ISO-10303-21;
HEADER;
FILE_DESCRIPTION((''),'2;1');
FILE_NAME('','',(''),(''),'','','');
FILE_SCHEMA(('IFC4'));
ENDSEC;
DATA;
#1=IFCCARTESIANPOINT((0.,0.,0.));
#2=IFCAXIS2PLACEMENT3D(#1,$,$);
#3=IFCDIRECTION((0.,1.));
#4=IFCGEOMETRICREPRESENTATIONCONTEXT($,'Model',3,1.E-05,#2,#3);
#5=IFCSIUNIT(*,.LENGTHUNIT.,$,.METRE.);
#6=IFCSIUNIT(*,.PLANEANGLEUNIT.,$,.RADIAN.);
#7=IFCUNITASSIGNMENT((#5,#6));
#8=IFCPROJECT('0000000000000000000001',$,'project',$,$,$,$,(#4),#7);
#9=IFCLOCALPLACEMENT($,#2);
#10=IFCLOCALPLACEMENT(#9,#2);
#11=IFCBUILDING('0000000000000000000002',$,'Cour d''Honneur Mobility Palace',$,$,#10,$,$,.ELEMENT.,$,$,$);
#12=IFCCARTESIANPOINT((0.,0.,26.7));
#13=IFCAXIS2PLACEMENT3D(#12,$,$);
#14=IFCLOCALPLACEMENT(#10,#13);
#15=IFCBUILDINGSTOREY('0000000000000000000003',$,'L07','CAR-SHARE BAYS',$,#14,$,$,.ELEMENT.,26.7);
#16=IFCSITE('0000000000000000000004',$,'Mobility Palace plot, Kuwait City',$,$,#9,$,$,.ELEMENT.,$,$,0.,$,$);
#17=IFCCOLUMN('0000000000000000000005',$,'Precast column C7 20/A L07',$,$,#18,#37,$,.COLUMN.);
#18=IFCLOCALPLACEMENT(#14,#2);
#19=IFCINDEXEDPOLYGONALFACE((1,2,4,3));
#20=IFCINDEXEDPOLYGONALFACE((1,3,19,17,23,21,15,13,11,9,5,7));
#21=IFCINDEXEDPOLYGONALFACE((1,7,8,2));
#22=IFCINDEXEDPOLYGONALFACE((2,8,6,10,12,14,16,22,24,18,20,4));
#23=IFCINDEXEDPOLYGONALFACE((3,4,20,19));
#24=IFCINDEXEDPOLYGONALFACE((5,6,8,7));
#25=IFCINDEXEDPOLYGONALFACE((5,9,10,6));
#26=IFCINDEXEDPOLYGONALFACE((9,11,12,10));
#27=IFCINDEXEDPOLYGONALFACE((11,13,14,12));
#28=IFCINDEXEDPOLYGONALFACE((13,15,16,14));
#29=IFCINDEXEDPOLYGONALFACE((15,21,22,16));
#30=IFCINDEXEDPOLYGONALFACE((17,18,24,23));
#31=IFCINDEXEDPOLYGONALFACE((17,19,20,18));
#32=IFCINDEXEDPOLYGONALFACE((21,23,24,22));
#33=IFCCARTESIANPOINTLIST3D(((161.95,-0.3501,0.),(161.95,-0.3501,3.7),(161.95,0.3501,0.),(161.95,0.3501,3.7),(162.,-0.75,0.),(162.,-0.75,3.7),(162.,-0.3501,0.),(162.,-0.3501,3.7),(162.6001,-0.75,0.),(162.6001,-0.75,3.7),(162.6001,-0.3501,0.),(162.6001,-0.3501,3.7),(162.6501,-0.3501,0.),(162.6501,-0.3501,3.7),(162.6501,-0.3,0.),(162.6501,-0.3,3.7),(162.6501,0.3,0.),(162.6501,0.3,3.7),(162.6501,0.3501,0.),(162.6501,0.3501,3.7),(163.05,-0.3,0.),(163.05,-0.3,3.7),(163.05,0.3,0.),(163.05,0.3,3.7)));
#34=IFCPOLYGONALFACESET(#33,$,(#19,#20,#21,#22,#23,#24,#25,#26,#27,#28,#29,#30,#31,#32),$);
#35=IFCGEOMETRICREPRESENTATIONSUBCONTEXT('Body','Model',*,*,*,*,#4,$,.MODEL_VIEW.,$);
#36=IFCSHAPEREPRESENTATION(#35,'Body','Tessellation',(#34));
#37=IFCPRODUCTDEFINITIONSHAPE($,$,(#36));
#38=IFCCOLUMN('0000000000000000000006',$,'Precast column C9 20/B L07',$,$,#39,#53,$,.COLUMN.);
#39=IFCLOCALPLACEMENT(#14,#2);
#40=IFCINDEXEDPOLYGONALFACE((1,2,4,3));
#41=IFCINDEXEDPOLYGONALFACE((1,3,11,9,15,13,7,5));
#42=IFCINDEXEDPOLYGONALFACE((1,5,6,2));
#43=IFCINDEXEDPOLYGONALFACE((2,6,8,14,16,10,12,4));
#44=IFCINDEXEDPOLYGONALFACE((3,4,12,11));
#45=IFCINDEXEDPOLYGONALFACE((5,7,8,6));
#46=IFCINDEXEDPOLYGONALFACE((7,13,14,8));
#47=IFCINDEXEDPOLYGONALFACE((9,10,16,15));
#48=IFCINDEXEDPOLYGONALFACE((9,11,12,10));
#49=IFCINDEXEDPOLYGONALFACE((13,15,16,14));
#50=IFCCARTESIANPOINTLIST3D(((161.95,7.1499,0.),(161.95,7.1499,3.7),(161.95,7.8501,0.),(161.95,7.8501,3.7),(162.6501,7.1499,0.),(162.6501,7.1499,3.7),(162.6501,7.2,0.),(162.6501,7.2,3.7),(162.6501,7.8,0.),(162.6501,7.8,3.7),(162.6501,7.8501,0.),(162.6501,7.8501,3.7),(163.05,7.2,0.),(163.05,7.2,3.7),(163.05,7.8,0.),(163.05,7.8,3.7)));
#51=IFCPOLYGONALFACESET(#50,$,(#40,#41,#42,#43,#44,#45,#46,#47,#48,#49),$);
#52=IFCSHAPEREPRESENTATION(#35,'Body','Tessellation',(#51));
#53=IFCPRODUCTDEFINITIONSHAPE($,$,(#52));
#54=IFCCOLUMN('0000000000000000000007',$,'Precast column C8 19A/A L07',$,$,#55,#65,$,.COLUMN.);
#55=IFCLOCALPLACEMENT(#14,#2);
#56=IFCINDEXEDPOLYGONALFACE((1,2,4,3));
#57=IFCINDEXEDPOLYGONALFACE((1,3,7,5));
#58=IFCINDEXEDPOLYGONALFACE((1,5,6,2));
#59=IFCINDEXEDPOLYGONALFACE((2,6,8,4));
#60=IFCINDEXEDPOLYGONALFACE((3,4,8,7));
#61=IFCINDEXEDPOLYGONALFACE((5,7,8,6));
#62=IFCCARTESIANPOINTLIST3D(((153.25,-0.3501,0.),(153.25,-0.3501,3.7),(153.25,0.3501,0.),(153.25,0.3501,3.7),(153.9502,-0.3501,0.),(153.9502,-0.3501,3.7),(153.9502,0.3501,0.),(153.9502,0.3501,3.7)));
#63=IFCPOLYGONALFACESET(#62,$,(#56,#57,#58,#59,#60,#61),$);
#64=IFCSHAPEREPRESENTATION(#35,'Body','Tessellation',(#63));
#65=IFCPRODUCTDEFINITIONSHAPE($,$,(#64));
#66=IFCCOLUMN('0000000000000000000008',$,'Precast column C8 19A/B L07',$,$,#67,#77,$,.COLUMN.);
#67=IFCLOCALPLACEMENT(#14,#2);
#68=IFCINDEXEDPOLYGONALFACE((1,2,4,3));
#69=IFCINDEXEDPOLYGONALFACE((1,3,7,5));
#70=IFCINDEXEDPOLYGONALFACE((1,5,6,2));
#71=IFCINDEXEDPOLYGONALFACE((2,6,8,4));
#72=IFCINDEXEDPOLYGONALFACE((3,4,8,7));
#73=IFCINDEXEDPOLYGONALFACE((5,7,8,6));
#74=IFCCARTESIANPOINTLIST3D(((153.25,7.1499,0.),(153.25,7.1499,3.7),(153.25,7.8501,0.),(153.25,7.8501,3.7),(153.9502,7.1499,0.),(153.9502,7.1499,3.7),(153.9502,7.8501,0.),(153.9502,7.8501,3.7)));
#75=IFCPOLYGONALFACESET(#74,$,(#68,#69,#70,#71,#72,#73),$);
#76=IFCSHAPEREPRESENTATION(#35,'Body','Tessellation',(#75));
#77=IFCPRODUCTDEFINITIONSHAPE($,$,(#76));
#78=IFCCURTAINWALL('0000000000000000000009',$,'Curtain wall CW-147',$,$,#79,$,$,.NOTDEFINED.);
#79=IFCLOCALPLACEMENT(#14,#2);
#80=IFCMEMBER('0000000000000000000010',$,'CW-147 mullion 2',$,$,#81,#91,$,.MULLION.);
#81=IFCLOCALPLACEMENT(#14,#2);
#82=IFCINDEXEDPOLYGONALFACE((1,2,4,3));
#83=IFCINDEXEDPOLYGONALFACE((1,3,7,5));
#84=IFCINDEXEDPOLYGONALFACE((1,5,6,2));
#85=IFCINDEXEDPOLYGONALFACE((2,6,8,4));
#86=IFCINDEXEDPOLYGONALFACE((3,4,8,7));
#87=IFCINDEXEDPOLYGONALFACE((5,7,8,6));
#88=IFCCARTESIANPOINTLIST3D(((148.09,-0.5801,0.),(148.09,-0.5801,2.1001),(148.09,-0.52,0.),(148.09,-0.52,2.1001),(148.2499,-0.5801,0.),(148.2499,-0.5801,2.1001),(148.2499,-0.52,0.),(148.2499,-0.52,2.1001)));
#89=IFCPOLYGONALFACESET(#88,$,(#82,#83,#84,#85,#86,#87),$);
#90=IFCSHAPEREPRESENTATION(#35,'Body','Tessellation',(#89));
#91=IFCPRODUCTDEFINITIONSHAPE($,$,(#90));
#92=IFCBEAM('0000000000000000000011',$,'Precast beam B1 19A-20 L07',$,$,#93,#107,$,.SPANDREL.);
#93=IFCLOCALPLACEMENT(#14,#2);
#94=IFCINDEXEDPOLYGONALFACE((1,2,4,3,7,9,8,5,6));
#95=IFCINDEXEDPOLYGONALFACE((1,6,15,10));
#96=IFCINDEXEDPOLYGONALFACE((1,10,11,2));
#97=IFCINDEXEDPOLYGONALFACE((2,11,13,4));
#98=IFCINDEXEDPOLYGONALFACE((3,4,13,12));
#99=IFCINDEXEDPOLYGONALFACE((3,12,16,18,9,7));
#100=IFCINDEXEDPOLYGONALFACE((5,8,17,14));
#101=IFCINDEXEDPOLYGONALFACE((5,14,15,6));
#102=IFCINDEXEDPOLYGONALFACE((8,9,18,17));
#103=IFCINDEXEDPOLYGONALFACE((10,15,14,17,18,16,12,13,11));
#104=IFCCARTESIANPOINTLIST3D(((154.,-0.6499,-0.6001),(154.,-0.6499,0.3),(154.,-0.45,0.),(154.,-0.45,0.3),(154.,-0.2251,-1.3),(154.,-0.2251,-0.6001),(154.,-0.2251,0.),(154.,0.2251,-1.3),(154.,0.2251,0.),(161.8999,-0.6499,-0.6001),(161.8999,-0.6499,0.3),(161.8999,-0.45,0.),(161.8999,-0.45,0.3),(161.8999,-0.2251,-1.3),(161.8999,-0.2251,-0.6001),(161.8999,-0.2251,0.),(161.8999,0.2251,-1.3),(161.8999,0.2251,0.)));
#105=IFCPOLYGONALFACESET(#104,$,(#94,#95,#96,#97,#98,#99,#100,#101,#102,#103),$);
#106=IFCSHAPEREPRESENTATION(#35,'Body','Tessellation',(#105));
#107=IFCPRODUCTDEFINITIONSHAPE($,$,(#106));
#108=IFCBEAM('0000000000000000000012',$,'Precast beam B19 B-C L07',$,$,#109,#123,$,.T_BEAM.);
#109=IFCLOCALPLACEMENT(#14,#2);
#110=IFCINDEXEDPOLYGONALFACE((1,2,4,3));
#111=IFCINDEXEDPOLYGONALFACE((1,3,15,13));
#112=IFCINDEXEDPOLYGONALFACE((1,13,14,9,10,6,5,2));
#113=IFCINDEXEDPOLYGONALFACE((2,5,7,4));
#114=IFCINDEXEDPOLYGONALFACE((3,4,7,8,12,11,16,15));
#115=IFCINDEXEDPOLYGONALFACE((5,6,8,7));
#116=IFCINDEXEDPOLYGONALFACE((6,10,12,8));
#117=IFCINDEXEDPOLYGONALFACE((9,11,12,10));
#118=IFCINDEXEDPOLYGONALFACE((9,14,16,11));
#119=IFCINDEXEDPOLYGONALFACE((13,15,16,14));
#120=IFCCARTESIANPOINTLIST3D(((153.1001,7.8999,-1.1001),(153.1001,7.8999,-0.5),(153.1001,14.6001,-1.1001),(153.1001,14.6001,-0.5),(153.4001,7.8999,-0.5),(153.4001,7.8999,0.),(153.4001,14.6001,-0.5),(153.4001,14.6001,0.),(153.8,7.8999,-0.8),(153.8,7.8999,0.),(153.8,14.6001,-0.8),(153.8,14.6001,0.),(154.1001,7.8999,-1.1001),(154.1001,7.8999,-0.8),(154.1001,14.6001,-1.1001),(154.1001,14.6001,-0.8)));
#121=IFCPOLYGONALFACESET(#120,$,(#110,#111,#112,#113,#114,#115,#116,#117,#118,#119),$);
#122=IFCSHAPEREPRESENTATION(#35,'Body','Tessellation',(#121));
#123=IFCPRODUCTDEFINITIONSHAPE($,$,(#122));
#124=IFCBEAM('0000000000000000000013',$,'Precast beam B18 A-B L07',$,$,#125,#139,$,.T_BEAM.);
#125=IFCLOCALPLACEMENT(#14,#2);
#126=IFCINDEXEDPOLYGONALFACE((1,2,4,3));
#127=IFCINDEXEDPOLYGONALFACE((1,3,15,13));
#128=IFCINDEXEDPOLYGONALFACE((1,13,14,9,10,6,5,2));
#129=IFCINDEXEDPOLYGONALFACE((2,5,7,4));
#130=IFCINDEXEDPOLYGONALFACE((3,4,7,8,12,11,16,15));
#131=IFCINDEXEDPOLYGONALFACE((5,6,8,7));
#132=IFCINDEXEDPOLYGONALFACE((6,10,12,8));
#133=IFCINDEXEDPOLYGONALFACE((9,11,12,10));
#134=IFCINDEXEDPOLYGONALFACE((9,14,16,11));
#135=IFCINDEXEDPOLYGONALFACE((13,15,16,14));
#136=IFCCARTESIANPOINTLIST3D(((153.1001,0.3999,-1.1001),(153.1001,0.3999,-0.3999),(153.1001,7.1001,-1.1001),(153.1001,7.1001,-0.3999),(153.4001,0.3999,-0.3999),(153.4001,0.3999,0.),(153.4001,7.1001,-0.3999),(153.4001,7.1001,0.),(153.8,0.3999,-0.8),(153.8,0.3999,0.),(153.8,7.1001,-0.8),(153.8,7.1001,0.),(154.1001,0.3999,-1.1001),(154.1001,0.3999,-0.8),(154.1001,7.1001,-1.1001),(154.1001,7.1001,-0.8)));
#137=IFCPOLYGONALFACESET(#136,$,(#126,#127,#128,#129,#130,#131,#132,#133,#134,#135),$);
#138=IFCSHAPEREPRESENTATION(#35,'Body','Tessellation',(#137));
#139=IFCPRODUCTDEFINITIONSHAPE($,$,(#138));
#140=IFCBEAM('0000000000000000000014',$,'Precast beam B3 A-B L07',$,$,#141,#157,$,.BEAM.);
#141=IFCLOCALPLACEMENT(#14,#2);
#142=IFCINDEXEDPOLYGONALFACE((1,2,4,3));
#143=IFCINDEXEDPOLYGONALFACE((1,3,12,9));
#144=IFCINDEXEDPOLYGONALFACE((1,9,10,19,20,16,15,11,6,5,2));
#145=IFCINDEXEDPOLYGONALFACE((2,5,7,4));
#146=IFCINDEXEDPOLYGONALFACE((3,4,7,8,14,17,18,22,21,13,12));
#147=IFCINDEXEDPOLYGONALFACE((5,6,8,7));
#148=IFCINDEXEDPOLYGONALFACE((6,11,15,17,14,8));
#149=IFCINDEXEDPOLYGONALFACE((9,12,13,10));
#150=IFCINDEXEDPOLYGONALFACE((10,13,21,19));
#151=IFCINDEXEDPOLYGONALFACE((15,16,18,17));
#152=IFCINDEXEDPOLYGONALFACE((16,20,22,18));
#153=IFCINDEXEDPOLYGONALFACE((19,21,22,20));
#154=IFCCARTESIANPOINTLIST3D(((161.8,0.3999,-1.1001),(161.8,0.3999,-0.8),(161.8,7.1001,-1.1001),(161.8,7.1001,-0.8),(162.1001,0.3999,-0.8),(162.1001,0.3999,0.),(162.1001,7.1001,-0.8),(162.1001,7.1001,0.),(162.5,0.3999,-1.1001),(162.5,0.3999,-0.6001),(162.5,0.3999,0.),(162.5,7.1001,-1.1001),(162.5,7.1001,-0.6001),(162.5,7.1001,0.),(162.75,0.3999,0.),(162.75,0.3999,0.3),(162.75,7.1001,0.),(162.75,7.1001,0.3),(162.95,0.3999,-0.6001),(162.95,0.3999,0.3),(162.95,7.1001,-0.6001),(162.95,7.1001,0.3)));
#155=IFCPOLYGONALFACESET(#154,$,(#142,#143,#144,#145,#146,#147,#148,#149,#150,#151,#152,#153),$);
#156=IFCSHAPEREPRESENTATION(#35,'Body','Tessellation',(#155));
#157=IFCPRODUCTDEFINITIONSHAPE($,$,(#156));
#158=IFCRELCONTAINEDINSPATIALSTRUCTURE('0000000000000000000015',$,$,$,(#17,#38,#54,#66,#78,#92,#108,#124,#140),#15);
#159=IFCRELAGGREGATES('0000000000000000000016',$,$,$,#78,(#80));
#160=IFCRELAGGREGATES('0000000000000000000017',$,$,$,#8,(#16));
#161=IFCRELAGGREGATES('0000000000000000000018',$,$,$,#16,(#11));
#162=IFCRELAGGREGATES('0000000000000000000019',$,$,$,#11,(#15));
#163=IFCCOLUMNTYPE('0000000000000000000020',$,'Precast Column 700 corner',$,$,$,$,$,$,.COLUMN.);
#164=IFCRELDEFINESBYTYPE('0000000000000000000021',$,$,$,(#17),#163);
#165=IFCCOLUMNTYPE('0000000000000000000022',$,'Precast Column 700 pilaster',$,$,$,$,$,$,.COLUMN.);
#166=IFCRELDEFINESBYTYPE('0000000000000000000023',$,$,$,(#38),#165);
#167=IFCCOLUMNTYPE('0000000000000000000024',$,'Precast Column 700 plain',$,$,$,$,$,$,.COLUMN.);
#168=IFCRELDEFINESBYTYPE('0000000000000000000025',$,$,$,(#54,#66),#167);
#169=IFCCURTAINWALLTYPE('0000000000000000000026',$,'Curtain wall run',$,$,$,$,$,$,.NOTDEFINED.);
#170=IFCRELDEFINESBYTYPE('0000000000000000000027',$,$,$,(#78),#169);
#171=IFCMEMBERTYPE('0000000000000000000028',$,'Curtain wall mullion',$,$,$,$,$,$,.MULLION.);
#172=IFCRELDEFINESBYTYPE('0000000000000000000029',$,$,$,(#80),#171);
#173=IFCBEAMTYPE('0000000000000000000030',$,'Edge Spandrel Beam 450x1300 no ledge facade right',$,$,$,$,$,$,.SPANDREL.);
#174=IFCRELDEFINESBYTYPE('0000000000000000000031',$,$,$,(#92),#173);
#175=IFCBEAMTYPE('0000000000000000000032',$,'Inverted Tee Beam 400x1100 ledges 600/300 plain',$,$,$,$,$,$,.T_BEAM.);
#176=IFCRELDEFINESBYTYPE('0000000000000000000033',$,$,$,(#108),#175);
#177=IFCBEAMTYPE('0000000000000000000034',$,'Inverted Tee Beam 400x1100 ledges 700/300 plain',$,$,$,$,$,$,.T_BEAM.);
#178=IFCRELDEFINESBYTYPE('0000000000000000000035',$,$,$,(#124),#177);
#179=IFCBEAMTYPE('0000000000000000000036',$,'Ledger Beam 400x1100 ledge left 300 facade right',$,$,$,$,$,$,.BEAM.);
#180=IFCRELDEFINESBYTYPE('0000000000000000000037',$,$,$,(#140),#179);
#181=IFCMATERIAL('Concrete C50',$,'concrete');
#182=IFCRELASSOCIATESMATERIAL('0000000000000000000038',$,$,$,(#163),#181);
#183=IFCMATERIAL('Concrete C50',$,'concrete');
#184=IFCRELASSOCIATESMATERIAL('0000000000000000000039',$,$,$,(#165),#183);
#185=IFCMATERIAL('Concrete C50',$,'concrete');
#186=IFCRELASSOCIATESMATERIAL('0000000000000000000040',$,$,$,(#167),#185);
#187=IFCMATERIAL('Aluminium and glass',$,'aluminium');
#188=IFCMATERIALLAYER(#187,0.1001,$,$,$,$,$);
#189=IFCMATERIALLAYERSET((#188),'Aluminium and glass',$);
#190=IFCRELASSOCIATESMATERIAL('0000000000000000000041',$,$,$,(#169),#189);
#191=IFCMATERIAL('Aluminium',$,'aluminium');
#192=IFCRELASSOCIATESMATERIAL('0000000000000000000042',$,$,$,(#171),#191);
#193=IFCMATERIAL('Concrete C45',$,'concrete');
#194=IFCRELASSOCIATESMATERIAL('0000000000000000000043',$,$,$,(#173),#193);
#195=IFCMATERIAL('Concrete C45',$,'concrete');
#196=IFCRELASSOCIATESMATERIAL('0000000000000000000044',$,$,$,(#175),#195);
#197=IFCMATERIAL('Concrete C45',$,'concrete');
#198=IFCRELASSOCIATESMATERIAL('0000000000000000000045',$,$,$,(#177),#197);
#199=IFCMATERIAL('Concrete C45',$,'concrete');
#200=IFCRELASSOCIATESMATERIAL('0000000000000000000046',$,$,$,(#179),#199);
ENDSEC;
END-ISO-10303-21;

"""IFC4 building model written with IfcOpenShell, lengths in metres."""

from ifc_helpers import new_model, si_unit, direction, frame, origin, origin_2d, place, context, subcontext, project, spatial, polyline, rectangle, outline, extrude, material, layer, layer_set, material_profile, profile_set, type_object, element, aggregate, save


model = new_model("IFC4")

# Units and contexts
model_context = context("Model", 3, precision=1e-05, world=origin(), true_north=direction((0.0, 1.0)))
body_context = subcontext(model_context, "Body", "Model", "MODEL_VIEW")
ifc_project = project(units=[si_unit("LENGTHUNIT", "METRE"), si_unit("PLANEANGLEUNIT", "RADIAN")], contexts=[model_context])

# Site, building, storey
site_placement = place(None, origin())
site = spatial("IfcSite", under=ifc_project, at=site_placement, Name="Mobility Palace plot, Kuwait City", CompositionType="ELEMENT", RefElevation=0.0)
building_placement = place(site_placement, origin())
building = spatial("IfcBuilding", under=site, at=building_placement, Name="Cour d'Honneur Mobility Palace", CompositionType="ELEMENT")
storey_placement = place(building_placement, frame((0.0, 0.0, 26.7)))
storey = spatial("IfcBuildingStorey", under=building, at=storey_placement, Name="L07", Description="CAR-SHARE BAYS", CompositionType="ELEMENT", Elevation=26.7)

# Columns
ifc_material_1 = material(Name="Concrete C50", Category="concrete")
ifc_material_profile_1 = material_profile(ifc_material_1, outline(polyline([(-0.3501, -0.3501), (0.3501, -0.3501), (0.3501, -0.3), (0.75, -0.3), (0.75, 0.3), (0.3501, 0.3), (0.3501, 0.3501), (0.3, 0.3501), (0.3, 0.75), (-0.3, 0.75), (-0.3, 0.3501), (-0.3501, 0.3501), (-0.3501, -0.3501)])), Name="PC C700 corner")
ifc_profile_set_1 = profile_set([ifc_material_profile_1], Name="Concrete C50")
column_type_1 = type_object("IfcColumnType", Name="Precast Column 700 corner", PredefinedType="COLUMN", material=ifc_profile_set_1)
column_1_placement = place(storey_placement, frame((162.3, 0.0, 0.0), z_axis=(0.0, 0.0, 1.0), x_axis=(0.0, -1.0, 0.0)))
element("IfcColumn", 1, at=column_1_placement, inside=storey, type_object=column_type_1, Name="Precast column C7 20/A L07", PredefinedType="COLUMN", context=body_context, shape_type="SweptSolid", body=[
    extrude(outline(polyline([(-0.3501, -0.3501), (0.3501, -0.3501), (0.3501, -0.3), (0.75, -0.3), (0.75, 0.3), (0.3501, 0.3), (0.3501, 0.3501), (0.3, 0.3501), (0.3, 0.75), (-0.3, 0.75), (-0.3, 0.3501), (-0.3501, 0.3501), (-0.3501, -0.3501)])), origin(), (0.0, 0.0, 1.0), 3.7),
])
ifc_material_2 = material(Name="Concrete C50", Category="concrete")
ifc_material_profile_2 = material_profile(ifc_material_2, outline(polyline([(-0.3501, -0.3501), (0.3501, -0.3501), (0.3501, -0.3), (0.75, -0.3), (0.75, 0.3), (0.3501, 0.3), (0.3501, 0.3501), (-0.3501, 0.3501), (-0.3501, -0.3501)])), Name="PC C700 pilaster")
ifc_profile_set_2 = profile_set([ifc_material_profile_2], Name="Concrete C50")
column_type_2 = type_object("IfcColumnType", Name="Precast Column 700 pilaster", PredefinedType="COLUMN", material=ifc_profile_set_2)
column_2_placement = place(storey_placement, frame((162.3, 7.5, 0.0), z_axis=(0.0, 0.0, 1.0), x_axis=(1.0, 0.0, 0.0)))
element("IfcColumn", 2, at=column_2_placement, inside=storey, type_object=column_type_2, Name="Precast column C9 20/B L07", PredefinedType="COLUMN", context=body_context, shape_type="SweptSolid", body=[
    extrude(outline(polyline([(-0.3501, -0.3501), (0.3501, -0.3501), (0.3501, -0.3), (0.75, -0.3), (0.75, 0.3), (0.3501, 0.3), (0.3501, 0.3501), (-0.3501, 0.3501), (-0.3501, -0.3501)])), origin(), (0.0, 0.0, 1.0), 3.7),
])
ifc_material_3 = material(Name="Concrete C50", Category="concrete")
ifc_material_profile_3 = material_profile(ifc_material_3, outline(polyline([(-0.3501, -0.3501), (0.3501, -0.3501), (0.3501, 0.3501), (-0.3501, 0.3501), (-0.3501, -0.3501)])), Name="PC C700 plain")
ifc_profile_set_3 = profile_set([ifc_material_profile_3], Name="Concrete C50")
column_type_3 = type_object("IfcColumnType", Name="Precast Column 700 plain", PredefinedType="COLUMN", material=ifc_profile_set_3)
for number, where, z_axis, x_axis, name in (
    (3, (153.6001, 0.0, 0.0), (0.0, 0.0, 1.0), (1.0, 0.0, 0.0), "Precast column C8 19A/A L07"),
    (4, (153.6001, 7.5, 0.0), (0.0, 0.0, 1.0), (1.0, 0.0, 0.0), "Precast column C8 19A/B L07"),
):
    element("IfcColumn", number, at=place(storey_placement, frame(where, z_axis=z_axis, x_axis=x_axis)), inside=storey, type_object=column_type_3, Name=name, PredefinedType="COLUMN", context=body_context, shape_type="SweptSolid", body=[
        extrude(outline(polyline([(-0.3501, -0.3501), (0.3501, -0.3501), (0.3501, 0.3501), (-0.3501, 0.3501), (-0.3501, -0.3501)])), origin(), (0.0, 0.0, 1.0), 3.7),
    ])

# Curtain wall, member
ifc_material_4 = material(Name="Aluminium and glass", Category="aluminium")
ifc_layer_1 = layer(ifc_material_4, 0.1001)
ifc_layer_set_1 = layer_set([ifc_layer_1], Name="Aluminium and glass")
curtain_wall_type = type_object("IfcCurtainWallType", Name="Curtain wall run", PredefinedType="NOTDEFINED", material=ifc_layer_set_1)
curtain_wall_placement = place(storey_placement, origin())
curtain_wall = element("IfcCurtainWall", 5, at=curtain_wall_placement, inside=storey, type_object=curtain_wall_type, Name="Curtain wall CW-147", PredefinedType="NOTDEFINED")
ifc_material_5 = material(Name="Aluminium", Category="aluminium")
ifc_material_profile_4 = material_profile(ifc_material_5, rectangle(XDim=0.0601, YDim=0.1599, at=origin_2d()), Name="Curtain wall mullion")
ifc_profile_set_4 = profile_set([ifc_material_profile_4], Name="Aluminium")
member_type = type_object("IfcMemberType", Name="Curtain wall mullion", PredefinedType="MULLION", material=ifc_profile_set_4)
member_placement = place(storey_placement, frame((148.1699, -0.55, 0.0), z_axis=(0.0, 0.0, 1.0), x_axis=(0.0, 1.0, 0.0)))
member = element("IfcMember", 6, at=member_placement, type_object=member_type, Name="CW-147 mullion 2", PredefinedType="MULLION", context=body_context, shape_type="SweptSolid", body=[
    extrude(rectangle(XDim=0.0601, YDim=0.1599, at=origin_2d()), origin(), (0.0, 0.0, 1.0), 2.1001),
])
aggregate(curtain_wall, [member])

# Beams
ifc_material_6 = material(Name="Concrete C45", Category="concrete")
ifc_material_profile_5 = material_profile(ifc_material_6, outline(polyline([(0.2251, -1.3), (0.2251, 0.0), (-0.2251, 0.0), (-0.45, 0.0), (-0.45, 0.3), (-0.6499, 0.3), (-0.6499, -0.6001), (-0.2251, -0.6001), (-0.2251, -1.3), (0.2251, -1.3)])), Name="Edge Spandrel Beam 450x1300 no ledge facade right")
ifc_profile_set_5 = profile_set([ifc_material_profile_5], Name="Concrete C45")
beam_type_1 = type_object("IfcBeamType", Name="Edge Spandrel Beam 450x1300 no ledge facade right", PredefinedType="SPANDREL", material=ifc_profile_set_5)
beam_1_placement = place(storey_placement, frame((154.0, 0.0, 0.0), z_axis=(1.0, 0.0, 0.0), x_axis=(0.0, 1.0, 0.0)))
element("IfcBeam", 7, at=beam_1_placement, inside=storey, type_object=beam_type_1, Name="Precast beam B1 19A-20 L07", PredefinedType="SPANDREL", context=body_context, shape_type="SweptSolid", body=[
    extrude(outline(polyline([(0.2251, -1.3), (0.2251, 0.0), (-0.2251, 0.0), (-0.45, 0.0), (-0.45, 0.3), (-0.6499, 0.3), (-0.6499, -0.6001), (-0.2251, -0.6001), (-0.2251, -1.3), (0.2251, -1.3)])), origin(), (0.0, 0.0, 1.0), 7.8999),
])
ifc_material_7 = material(Name="Concrete C45", Category="concrete")
ifc_material_profile_6 = material_profile(ifc_material_7, outline(polyline([(0.5, -1.1001), (0.5, -0.5), (0.2, -0.5), (0.2, 0.0), (-0.2, 0.0), (-0.2, -0.8), (-0.5, -0.8), (-0.5, -1.1001), (0.5, -1.1001)])), Name="Inverted Tee Beam 400x1100 ledges 600/300 plain")
ifc_profile_set_6 = profile_set([ifc_material_profile_6], Name="Concrete C45")
beam_type_2 = type_object("IfcBeamType", Name="Inverted Tee Beam 400x1100 ledges 600/300 plain", PredefinedType="T_BEAM", material=ifc_profile_set_6)
beam_2_placement = place(storey_placement, frame((153.6001, 7.8999, 0.0), z_axis=(0.0, 1.0, 0.0), x_axis=(-1.0, 0.0, 0.0)))
element("IfcBeam", 8, at=beam_2_placement, inside=storey, type_object=beam_type_2, Name="Precast beam B19 B-C L07", PredefinedType="T_BEAM", context=body_context, shape_type="SweptSolid", body=[
    extrude(outline(polyline([(0.5, -1.1001), (0.5, -0.5), (0.2, -0.5), (0.2, 0.0), (-0.2, 0.0), (-0.2, -0.8), (-0.5, -0.8), (-0.5, -1.1001), (0.5, -1.1001)])), origin(), (0.0, 0.0, 1.0), 6.7002),
])
ifc_material_8 = material(Name="Concrete C45", Category="concrete")
ifc_material_profile_7 = material_profile(ifc_material_8, outline(polyline([(0.5, -1.1001), (0.5, -0.3999), (0.2, -0.3999), (0.2, 0.0), (-0.2, 0.0), (-0.2, -0.8), (-0.5, -0.8), (-0.5, -1.1001), (0.5, -1.1001)])), Name="Inverted Tee Beam 400x1100 ledges 700/300 plain")
ifc_profile_set_7 = profile_set([ifc_material_profile_7], Name="Concrete C45")
beam_type_3 = type_object("IfcBeamType", Name="Inverted Tee Beam 400x1100 ledges 700/300 plain", PredefinedType="T_BEAM", material=ifc_profile_set_7)
beam_3_placement = place(storey_placement, frame((153.6001, 0.3999, 0.0), z_axis=(0.0, 1.0, 0.0), x_axis=(-1.0, 0.0, 0.0)))
element("IfcBeam", 9, at=beam_3_placement, inside=storey, type_object=beam_type_3, Name="Precast beam B18 A-B L07", PredefinedType="T_BEAM", context=body_context, shape_type="SweptSolid", body=[
    extrude(outline(polyline([(0.5, -1.1001), (0.5, -0.3999), (0.2, -0.3999), (0.2, 0.0), (-0.2, 0.0), (-0.2, -0.8), (-0.5, -0.8), (-0.5, -1.1001), (0.5, -1.1001)])), origin(), (0.0, 0.0, 1.0), 6.7002),
])
ifc_material_9 = material(Name="Concrete C45", Category="concrete")
ifc_material_profile_8 = material_profile(ifc_material_9, outline(polyline([(0.5, -1.1001), (0.5, -0.8), (0.2, -0.8), (0.2, 0.0), (-0.2, 0.0), (-0.45, 0.0), (-0.45, 0.3), (-0.6499, 0.3), (-0.6499, -0.6001), (-0.2, -0.6001), (-0.2, -1.1001), (0.5, -1.1001)])), Name="Ledger Beam 400x1100 ledge left 300 facade right")
ifc_profile_set_8 = profile_set([ifc_material_profile_8], Name="Concrete C45")
beam_type_4 = type_object("IfcBeamType", Name="Ledger Beam 400x1100 ledge left 300 facade right", PredefinedType="BEAM", material=ifc_profile_set_8)
for number, where, z_axis, x_axis, name in (
    (10, (162.3, 0.3999, 0.0), (0.0, 1.0, 0.0), (-1.0, 0.0, 0.0), "Precast beam B3 A-B L07"),
):
    element("IfcBeam", number, at=place(storey_placement, frame(where, z_axis=z_axis, x_axis=x_axis)), inside=storey, type_object=beam_type_4, Name=name, PredefinedType="BEAM", context=body_context, shape_type="SweptSolid", body=[
        extrude(outline(polyline([(0.5, -1.1001), (0.5, -0.8), (0.2, -0.8), (0.2, 0.0), (-0.2, 0.0), (-0.45, 0.0), (-0.45, 0.3), (-0.6499, 0.3), (-0.6499, -0.6001), (-0.2, -0.6001), (-0.2, -1.1001), (0.5, -1.1001)])), origin(), (0.0, 0.0, 1.0), 6.7002),
    ])

save(model, "model.ifc")
